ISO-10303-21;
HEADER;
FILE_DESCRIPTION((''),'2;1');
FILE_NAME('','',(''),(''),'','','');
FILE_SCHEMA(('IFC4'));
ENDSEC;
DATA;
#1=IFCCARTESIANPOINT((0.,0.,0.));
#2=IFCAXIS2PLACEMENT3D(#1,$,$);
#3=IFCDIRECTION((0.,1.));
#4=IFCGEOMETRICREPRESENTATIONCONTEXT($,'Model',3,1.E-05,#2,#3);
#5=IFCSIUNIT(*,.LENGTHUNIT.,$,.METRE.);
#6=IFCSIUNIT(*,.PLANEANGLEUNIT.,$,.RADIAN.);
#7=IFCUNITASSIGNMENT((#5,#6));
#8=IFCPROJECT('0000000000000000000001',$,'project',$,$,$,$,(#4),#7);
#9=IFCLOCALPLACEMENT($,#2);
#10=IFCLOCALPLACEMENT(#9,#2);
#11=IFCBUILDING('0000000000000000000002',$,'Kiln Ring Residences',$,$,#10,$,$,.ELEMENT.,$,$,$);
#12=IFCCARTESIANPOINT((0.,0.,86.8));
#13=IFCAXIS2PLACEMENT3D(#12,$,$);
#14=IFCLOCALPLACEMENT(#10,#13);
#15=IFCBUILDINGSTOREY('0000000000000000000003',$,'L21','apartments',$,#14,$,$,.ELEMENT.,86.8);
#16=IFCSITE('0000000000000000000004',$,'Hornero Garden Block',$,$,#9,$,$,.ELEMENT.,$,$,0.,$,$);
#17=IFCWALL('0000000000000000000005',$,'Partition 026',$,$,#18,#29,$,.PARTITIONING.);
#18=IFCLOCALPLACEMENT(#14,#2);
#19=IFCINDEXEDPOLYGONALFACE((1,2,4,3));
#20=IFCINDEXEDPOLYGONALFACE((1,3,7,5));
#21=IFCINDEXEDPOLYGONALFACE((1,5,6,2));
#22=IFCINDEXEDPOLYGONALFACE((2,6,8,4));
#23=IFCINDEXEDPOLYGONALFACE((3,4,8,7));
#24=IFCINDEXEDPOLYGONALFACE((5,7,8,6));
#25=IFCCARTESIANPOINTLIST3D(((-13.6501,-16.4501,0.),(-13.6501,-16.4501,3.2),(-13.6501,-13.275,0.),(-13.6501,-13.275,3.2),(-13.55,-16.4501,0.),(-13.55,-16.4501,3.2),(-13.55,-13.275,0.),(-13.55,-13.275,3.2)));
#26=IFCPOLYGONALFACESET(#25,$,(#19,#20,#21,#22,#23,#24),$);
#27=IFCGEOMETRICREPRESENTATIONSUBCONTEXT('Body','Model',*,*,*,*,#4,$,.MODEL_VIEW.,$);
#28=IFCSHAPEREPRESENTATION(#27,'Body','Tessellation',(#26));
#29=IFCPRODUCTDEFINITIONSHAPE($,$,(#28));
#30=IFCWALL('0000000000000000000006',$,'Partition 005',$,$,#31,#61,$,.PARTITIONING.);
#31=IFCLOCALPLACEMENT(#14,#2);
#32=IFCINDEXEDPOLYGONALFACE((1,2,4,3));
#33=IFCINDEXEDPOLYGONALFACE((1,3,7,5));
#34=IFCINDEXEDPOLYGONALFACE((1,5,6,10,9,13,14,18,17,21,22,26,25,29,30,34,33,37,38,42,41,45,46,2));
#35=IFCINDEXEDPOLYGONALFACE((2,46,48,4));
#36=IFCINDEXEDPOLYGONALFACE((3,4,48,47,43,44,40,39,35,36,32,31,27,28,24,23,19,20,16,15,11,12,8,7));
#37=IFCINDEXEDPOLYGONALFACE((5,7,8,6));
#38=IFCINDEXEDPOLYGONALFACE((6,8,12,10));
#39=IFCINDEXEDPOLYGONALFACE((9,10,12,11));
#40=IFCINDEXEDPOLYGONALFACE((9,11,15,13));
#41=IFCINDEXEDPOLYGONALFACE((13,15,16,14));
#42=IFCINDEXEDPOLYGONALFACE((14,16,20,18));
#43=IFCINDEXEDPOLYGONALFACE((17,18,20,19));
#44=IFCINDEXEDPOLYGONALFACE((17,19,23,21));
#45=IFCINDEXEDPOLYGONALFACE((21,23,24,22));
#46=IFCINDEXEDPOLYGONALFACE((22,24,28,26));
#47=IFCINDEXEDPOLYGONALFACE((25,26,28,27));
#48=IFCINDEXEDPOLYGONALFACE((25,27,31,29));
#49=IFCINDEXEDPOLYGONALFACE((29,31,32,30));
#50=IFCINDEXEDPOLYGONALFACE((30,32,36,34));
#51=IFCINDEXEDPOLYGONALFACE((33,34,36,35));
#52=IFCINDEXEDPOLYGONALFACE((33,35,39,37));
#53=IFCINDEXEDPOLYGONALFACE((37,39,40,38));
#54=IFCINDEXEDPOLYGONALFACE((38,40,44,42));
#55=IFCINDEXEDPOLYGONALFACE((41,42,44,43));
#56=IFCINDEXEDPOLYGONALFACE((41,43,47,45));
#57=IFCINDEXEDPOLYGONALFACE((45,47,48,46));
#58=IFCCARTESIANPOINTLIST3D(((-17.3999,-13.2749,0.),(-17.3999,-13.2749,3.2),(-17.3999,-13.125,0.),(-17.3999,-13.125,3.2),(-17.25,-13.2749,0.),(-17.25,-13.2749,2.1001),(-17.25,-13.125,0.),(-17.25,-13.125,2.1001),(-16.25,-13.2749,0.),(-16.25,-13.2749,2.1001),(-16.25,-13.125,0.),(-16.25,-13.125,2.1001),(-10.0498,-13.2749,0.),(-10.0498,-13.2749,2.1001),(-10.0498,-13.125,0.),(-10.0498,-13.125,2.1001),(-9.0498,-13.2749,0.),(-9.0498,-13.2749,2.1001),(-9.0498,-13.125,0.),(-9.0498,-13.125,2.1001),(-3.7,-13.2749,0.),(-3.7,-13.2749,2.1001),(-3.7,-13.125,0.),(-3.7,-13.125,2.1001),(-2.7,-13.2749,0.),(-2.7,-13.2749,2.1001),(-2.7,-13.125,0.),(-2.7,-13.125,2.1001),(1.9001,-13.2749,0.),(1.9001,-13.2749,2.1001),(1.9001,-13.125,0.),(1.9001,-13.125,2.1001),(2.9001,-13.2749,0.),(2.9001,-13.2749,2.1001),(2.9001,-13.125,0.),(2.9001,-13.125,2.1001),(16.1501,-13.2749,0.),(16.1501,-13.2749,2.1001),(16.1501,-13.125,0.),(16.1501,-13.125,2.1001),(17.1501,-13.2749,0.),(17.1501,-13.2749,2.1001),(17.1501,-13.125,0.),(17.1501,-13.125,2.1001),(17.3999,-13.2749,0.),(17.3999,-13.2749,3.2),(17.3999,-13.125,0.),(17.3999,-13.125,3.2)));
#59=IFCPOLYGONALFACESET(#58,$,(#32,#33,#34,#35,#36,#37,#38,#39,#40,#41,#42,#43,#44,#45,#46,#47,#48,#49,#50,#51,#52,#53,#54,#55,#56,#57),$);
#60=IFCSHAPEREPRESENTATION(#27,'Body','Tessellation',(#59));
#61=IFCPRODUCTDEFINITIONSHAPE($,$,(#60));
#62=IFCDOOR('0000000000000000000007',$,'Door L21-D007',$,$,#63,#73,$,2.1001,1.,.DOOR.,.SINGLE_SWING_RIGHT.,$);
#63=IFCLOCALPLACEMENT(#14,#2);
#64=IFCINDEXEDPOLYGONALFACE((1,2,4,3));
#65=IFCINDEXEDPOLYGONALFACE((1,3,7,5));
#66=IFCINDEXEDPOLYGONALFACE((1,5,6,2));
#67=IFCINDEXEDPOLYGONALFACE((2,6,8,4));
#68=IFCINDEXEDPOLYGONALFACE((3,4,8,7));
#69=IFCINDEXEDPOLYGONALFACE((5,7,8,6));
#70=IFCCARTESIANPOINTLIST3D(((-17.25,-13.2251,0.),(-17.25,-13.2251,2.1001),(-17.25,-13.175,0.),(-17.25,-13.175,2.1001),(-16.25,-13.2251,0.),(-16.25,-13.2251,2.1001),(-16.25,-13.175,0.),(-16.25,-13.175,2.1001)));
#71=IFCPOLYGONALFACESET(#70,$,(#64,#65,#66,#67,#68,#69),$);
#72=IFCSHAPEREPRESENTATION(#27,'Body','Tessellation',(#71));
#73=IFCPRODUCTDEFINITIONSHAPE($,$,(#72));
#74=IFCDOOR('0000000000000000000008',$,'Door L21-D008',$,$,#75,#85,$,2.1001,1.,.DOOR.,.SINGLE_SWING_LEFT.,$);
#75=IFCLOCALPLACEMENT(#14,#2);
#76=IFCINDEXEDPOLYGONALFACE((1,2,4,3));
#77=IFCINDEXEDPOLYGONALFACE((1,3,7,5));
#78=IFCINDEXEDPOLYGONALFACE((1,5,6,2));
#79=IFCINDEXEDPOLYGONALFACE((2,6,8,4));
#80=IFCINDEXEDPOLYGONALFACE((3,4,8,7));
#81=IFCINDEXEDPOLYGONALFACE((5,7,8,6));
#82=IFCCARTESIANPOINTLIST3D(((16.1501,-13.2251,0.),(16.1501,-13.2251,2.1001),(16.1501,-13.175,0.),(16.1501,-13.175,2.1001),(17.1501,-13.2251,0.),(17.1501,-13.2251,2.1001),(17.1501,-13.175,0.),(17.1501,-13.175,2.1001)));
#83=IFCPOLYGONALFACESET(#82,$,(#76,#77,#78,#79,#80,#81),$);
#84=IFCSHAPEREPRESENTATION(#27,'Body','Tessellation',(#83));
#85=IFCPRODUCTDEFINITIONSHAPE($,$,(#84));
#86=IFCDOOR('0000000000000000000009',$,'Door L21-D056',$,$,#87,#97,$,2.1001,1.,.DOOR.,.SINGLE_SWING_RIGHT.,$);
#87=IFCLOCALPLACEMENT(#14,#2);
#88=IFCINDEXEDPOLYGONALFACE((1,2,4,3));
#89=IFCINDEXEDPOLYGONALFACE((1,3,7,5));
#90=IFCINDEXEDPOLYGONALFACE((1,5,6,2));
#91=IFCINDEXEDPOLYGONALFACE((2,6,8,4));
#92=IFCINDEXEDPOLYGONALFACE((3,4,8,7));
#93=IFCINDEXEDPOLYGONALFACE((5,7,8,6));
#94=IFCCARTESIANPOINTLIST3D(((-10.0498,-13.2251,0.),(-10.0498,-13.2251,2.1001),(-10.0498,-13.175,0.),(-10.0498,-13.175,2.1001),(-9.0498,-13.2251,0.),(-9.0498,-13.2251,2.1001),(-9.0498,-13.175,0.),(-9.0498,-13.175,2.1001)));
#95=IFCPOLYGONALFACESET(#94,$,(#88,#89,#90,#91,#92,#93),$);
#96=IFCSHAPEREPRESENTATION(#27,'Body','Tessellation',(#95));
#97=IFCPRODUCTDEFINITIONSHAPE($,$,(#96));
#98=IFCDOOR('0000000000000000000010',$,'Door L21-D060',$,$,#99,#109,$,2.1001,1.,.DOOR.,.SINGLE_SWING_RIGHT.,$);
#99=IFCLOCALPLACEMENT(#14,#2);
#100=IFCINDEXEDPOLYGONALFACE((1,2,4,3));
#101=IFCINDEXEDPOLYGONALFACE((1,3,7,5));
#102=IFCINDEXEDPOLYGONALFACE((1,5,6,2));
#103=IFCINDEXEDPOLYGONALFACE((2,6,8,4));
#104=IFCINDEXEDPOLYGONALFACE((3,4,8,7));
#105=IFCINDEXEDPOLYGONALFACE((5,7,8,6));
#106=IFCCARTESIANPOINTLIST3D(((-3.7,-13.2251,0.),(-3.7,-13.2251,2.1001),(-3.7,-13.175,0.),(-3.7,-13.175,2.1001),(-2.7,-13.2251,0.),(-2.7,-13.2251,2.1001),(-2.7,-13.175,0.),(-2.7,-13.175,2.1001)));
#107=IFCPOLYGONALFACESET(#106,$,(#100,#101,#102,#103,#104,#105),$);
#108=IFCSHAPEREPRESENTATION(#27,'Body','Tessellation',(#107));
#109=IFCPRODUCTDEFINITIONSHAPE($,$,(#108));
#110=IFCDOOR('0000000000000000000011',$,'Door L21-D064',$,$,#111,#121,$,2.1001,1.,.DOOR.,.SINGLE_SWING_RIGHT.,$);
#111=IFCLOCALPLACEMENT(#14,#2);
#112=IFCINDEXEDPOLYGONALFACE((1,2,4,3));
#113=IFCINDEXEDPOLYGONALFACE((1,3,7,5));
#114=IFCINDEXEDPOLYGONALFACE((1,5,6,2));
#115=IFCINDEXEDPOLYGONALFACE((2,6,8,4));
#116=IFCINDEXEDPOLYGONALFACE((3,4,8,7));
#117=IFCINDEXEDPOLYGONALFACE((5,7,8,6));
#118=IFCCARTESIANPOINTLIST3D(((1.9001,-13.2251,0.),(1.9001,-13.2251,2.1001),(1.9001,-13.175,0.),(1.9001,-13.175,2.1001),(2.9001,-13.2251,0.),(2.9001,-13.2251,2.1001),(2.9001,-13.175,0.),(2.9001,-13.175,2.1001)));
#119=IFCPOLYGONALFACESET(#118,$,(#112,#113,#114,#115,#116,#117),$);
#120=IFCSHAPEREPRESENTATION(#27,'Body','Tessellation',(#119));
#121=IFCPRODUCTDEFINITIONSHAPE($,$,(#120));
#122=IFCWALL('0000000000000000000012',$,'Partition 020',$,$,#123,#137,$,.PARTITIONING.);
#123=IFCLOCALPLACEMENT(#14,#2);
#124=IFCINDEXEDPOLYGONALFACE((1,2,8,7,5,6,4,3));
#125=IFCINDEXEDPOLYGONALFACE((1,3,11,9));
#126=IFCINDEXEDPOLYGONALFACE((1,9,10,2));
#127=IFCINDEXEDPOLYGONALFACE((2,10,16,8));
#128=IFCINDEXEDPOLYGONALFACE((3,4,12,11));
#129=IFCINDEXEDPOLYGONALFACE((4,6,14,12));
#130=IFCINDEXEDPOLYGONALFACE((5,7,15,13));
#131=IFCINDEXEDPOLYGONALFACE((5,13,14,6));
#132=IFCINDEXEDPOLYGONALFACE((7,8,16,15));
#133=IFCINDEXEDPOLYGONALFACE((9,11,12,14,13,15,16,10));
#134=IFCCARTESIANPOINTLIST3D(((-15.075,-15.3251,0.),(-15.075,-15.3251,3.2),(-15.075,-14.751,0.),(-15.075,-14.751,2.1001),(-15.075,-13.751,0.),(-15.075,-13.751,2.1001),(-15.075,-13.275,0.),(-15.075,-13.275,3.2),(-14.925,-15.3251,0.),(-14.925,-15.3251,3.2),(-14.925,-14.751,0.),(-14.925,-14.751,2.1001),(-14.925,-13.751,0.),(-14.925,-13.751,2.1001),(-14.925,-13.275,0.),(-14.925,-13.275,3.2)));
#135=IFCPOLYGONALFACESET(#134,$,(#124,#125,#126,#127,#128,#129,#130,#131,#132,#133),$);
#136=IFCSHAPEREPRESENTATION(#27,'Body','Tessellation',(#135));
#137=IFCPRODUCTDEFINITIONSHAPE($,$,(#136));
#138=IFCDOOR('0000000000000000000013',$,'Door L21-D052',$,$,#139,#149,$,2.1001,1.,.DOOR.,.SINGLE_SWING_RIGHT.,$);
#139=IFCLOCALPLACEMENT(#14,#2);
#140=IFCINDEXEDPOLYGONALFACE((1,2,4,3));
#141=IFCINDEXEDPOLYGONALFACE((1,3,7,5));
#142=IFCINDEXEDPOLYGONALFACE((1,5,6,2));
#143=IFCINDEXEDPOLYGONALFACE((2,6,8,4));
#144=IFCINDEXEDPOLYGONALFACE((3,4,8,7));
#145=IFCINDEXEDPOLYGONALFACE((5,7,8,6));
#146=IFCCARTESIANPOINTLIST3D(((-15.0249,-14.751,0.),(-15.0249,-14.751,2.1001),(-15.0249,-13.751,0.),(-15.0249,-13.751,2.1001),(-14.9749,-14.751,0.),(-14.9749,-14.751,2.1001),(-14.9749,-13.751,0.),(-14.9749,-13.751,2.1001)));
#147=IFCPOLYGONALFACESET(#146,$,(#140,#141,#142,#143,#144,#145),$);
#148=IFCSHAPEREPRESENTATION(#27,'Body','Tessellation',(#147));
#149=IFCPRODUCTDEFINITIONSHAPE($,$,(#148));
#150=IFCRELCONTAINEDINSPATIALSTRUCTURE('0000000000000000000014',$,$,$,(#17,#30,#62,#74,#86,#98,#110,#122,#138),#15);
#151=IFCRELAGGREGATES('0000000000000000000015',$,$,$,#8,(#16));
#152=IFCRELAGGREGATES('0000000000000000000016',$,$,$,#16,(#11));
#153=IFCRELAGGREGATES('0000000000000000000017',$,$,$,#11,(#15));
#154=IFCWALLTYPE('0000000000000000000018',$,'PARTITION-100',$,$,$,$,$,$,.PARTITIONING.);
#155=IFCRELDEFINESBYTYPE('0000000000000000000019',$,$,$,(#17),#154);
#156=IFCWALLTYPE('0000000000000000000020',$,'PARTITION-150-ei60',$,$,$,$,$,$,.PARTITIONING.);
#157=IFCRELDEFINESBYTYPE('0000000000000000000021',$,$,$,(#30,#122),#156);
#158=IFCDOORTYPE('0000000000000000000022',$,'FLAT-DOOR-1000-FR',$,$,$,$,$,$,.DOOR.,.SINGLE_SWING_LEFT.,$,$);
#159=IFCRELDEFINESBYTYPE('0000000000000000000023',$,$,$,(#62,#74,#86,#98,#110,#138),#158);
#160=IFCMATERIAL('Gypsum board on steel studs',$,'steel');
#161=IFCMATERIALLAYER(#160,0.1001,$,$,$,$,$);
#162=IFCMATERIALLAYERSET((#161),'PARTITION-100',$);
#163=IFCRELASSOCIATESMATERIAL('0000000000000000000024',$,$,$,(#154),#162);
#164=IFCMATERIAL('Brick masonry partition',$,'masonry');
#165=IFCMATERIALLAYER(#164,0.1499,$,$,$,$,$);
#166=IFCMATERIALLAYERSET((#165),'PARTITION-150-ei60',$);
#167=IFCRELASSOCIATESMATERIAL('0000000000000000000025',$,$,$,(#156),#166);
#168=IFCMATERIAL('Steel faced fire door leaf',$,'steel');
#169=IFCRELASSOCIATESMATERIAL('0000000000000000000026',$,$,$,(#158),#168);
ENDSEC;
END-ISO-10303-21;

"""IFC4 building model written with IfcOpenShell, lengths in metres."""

from ifc_helpers import new_model, si_unit, direction, frame, frame_2d, origin, place, context, subcontext, project, spatial, rectangle, extrude, material, layer, layer_set, type_object, element, fill, save


model = new_model("IFC4")

# Units and contexts
model_context = context("Model", 3, precision=1e-05, world=origin(), true_north=direction((0.0, 1.0)))
body_context = subcontext(model_context, "Body", "Model", "MODEL_VIEW")
ifc_project = project(units=[si_unit("LENGTHUNIT", "METRE"), si_unit("PLANEANGLEUNIT", "RADIAN")], contexts=[model_context])

# Site, building, storey
site_placement = place(None, origin())
site = spatial("IfcSite", under=ifc_project, at=site_placement, Name="Hornero Garden Block", CompositionType="ELEMENT", RefElevation=0.0)
building_placement = place(site_placement, origin())
building = spatial("IfcBuilding", under=site, at=building_placement, Name="Kiln Ring Residences", CompositionType="ELEMENT")
storey_placement = place(building_placement, frame((0.0, 0.0, 86.8)))
storey = spatial("IfcBuildingStorey", under=building, at=storey_placement, Name="L21", Description="apartments", CompositionType="ELEMENT", Elevation=86.8)

# Wall
ifc_material_1 = material(Name="Gypsum board on steel studs", Category="steel")
ifc_layer_1 = layer(ifc_material_1, 0.1001)
ifc_layer_set_1 = layer_set([ifc_layer_1], Name="PARTITION-100")
wall_type_1 = type_object("IfcWallType", Name="PARTITION-100", PredefinedType="PARTITIONING", material=ifc_layer_set_1)
wall_1_placement = place(storey_placement, frame((-13.6001, -16.45, 0.0), z_axis=(0.0, 0.0, 1.0), x_axis=(0.0, 1.0, 0.0)))
element("IfcWall", 1, at=wall_1_placement, inside=storey, type_object=wall_type_1, Name="Partition 026", PredefinedType="PARTITIONING", context=body_context, shape_type="SweptSolid", body=[
    extrude(rectangle(XDim=3.175, YDim=0.1001, at=frame_2d((1.5874, 0.0))), origin(), (0.0, 0.0, 1.0), 3.2),
])

# Wall, openings, doors
ifc_material_2 = material(Name="Brick masonry partition", Category="masonry")
ifc_layer_2 = layer(ifc_material_2, 0.1499)
ifc_layer_set_2 = layer_set([ifc_layer_2], Name="PARTITION-150-ei60")
wall_type_2 = type_object("IfcWallType", Name="PARTITION-150-ei60", PredefinedType="PARTITIONING", material=ifc_layer_set_2)
wall_2_placement = place(storey_placement, frame((-17.3999, -13.2, 0.0), z_axis=(0.0, 0.0, 1.0), x_axis=(1.0, 0.0, 0.0)))
wall_2 = element("IfcWall", 2, at=wall_2_placement, inside=storey, type_object=wall_type_2, Name="Partition 005", PredefinedType="PARTITIONING", context=body_context, shape_type="SweptSolid", body=[
    extrude(rectangle(XDim=34.7998, YDim=0.1499, at=frame_2d((17.3999, 0.0))), origin(), (0.0, 0.0, 1.0), 3.2),
])
opening_1_placement = place(wall_2_placement, frame((0.1499, 0.0, 0.0)))
opening_1 = element("IfcOpeningElement", 3, at=opening_1_placement, cuts=wall_2, PredefinedType="OPENING", context=body_context, shape_type="SweptSolid", body=[
    extrude(rectangle(XDim=1.0, YDim=2.1001, at=frame_2d((0.5, 1.05))), frame((0.0, 0.085, 0.0), z_axis=(0.0, -1.0, 0.0), x_axis=(1.0, 0.0, 0.0)), (0.0, 0.0, 1.0), 0.1699),
])
opening_2_placement = place(wall_2_placement, frame((33.55, 0.0, 0.0)))
opening_2 = element("IfcOpeningElement", 4, at=opening_2_placement, cuts=wall_2, PredefinedType="OPENING", context=body_context, shape_type="SweptSolid", body=[
    extrude(rectangle(XDim=1.0, YDim=2.1001, at=frame_2d((0.5, 1.05))), frame((0.0, 0.085, 0.0), z_axis=(0.0, -1.0, 0.0), x_axis=(1.0, 0.0, 0.0)), (0.0, 0.0, 1.0), 0.1699),
])
opening_3_placement = place(wall_2_placement, frame((7.3501, 0.0, 0.0)))
opening_3 = element("IfcOpeningElement", 5, at=opening_3_placement, cuts=wall_2, PredefinedType="OPENING", context=body_context, shape_type="SweptSolid", body=[
    extrude(rectangle(XDim=1.0, YDim=2.1001, at=frame_2d((0.5, 1.05))), frame((0.0, 0.085, 0.0), z_axis=(0.0, -1.0, 0.0), x_axis=(1.0, 0.0, 0.0)), (0.0, 0.0, 1.0), 0.1699),
])
opening_4_placement = place(wall_2_placement, frame((13.7, 0.0, 0.0)))
opening_4 = element("IfcOpeningElement", 6, at=opening_4_placement, cuts=wall_2, PredefinedType="OPENING", context=body_context, shape_type="SweptSolid", body=[
    extrude(rectangle(XDim=1.0, YDim=2.1001, at=frame_2d((0.5, 1.05))), frame((0.0, 0.085, 0.0), z_axis=(0.0, -1.0, 0.0), x_axis=(1.0, 0.0, 0.0)), (0.0, 0.0, 1.0), 0.1699),
])
opening_5_placement = place(wall_2_placement, frame((19.3, 0.0, 0.0)))
opening_5 = element("IfcOpeningElement", 7, at=opening_5_placement, cuts=wall_2, PredefinedType="OPENING", context=body_context, shape_type="SweptSolid", body=[
    extrude(rectangle(XDim=1.0, YDim=2.1001, at=frame_2d((0.5, 1.05))), frame((0.0, 0.085, 0.0), z_axis=(0.0, -1.0, 0.0), x_axis=(1.0, 0.0, 0.0)), (0.0, 0.0, 1.0), 0.1699),
])
ifc_material_3 = material(Name="Steel faced fire door leaf", Category="steel")
door_type = type_object("IfcDoorType", Name="FLAT-DOOR-1000-FR", OperationType="SINGLE_SWING_LEFT", PredefinedType="DOOR", material=ifc_material_3)
door_1_placement = place(opening_1_placement, origin())
door_1 = element("IfcDoor", 8, at=door_1_placement, inside=storey, type_object=door_type, Name="Door L21-D007", OperationType="SINGLE_SWING_RIGHT", OverallHeight=2.1001, OverallWidth=1.0, PredefinedType="DOOR", context=body_context, shape_type="SweptSolid", body=[
    extrude(rectangle(XDim=1.0, YDim=2.1001, at=frame_2d((0.5, 1.05))), frame((0.0, 0.0249, 0.0), z_axis=(0.0, -1.0, 0.0), x_axis=(1.0, 0.0, 0.0)), (0.0, 0.0, 1.0), 0.05),
])
fill(opening_1, door_1)
door_2_placement = place(opening_2_placement, origin())
door_2 = element("IfcDoor", 9, at=door_2_placement, inside=storey, type_object=door_type, Name="Door L21-D008", OperationType="SINGLE_SWING_LEFT", OverallHeight=2.1001, OverallWidth=1.0, PredefinedType="DOOR", context=body_context, shape_type="SweptSolid", body=[
    extrude(rectangle(XDim=1.0, YDim=2.1001, at=frame_2d((0.5, 1.05))), frame((0.0, 0.0249, 0.0), z_axis=(0.0, -1.0, 0.0), x_axis=(1.0, 0.0, 0.0)), (0.0, 0.0, 1.0), 0.05),
])
fill(opening_2, door_2)
door_3_placement = place(opening_3_placement, origin())
door_3 = element("IfcDoor", 10, at=door_3_placement, inside=storey, type_object=door_type, Name="Door L21-D056", OperationType="SINGLE_SWING_RIGHT", OverallHeight=2.1001, OverallWidth=1.0, PredefinedType="DOOR", context=body_context, shape_type="SweptSolid", body=[
    extrude(rectangle(XDim=1.0, YDim=2.1001, at=frame_2d((0.5, 1.05))), frame((0.0, 0.0249, 0.0), z_axis=(0.0, -1.0, 0.0), x_axis=(1.0, 0.0, 0.0)), (0.0, 0.0, 1.0), 0.05),
])
fill(opening_3, door_3)
door_4_placement = place(opening_4_placement, origin())
door_4 = element("IfcDoor", 11, at=door_4_placement, inside=storey, type_object=door_type, Name="Door L21-D060", OperationType="SINGLE_SWING_RIGHT", OverallHeight=2.1001, OverallWidth=1.0, PredefinedType="DOOR", context=body_context, shape_type="SweptSolid", body=[
    extrude(rectangle(XDim=1.0, YDim=2.1001, at=frame_2d((0.5, 1.05))), frame((0.0, 0.0249, 0.0), z_axis=(0.0, -1.0, 0.0), x_axis=(1.0, 0.0, 0.0)), (0.0, 0.0, 1.0), 0.05),
])
fill(opening_4, door_4)
door_5_placement = place(opening_5_placement, origin())
door_5 = element("IfcDoor", 12, at=door_5_placement, inside=storey, type_object=door_type, Name="Door L21-D064", OperationType="SINGLE_SWING_RIGHT", OverallHeight=2.1001, OverallWidth=1.0, PredefinedType="DOOR", context=body_context, shape_type="SweptSolid", body=[
    extrude(rectangle(XDim=1.0, YDim=2.1001, at=frame_2d((0.5, 1.05))), frame((0.0, 0.0249, 0.0), z_axis=(0.0, -1.0, 0.0), x_axis=(1.0, 0.0, 0.0)), (0.0, 0.0, 1.0), 0.05),
])
fill(opening_5, door_5)

# Wall, opening, door
wall_3_placement = place(storey_placement, frame((-15.0, -15.325, 0.0), z_axis=(0.0, 0.0, 1.0), x_axis=(0.0, 1.0, 0.0)))
wall_3 = element("IfcWall", 13, at=wall_3_placement, inside=storey, type_object=wall_type_2, Name="Partition 020", PredefinedType="PARTITIONING", context=body_context, shape_type="SweptSolid", body=[
    extrude(rectangle(XDim=2.05, YDim=0.1499, at=frame_2d((1.0249, 0.0))), origin(), (0.0, 0.0, 1.0), 3.2),
])
opening_6_placement = place(wall_3_placement, frame((0.574, 0.0, 0.0)))
opening_6 = element("IfcOpeningElement", 14, at=opening_6_placement, cuts=wall_3, PredefinedType="OPENING", context=body_context, shape_type="SweptSolid", body=[
    extrude(rectangle(XDim=1.0, YDim=2.1001, at=frame_2d((0.5, 1.05))), frame((0.0, 0.085, 0.0), z_axis=(0.0, -1.0, 0.0), x_axis=(1.0, 0.0, 0.0)), (0.0, 0.0, 1.0), 0.1699),
])
door_6_placement = place(opening_6_placement, origin())
door_6 = element("IfcDoor", 15, at=door_6_placement, inside=storey, type_object=door_type, Name="Door L21-D052", OperationType="SINGLE_SWING_RIGHT", OverallHeight=2.1001, OverallWidth=1.0, PredefinedType="DOOR", context=body_context, shape_type="SweptSolid", body=[
    extrude(rectangle(XDim=1.0, YDim=2.1001, at=frame_2d((0.5, 1.05))), frame((0.0, 0.0249, 0.0), z_axis=(0.0, -1.0, 0.0), x_axis=(1.0, 0.0, 0.0)), (0.0, 0.0, 1.0), 0.05),
])
fill(opening_6, door_6)

save(model, "model.ifc")
